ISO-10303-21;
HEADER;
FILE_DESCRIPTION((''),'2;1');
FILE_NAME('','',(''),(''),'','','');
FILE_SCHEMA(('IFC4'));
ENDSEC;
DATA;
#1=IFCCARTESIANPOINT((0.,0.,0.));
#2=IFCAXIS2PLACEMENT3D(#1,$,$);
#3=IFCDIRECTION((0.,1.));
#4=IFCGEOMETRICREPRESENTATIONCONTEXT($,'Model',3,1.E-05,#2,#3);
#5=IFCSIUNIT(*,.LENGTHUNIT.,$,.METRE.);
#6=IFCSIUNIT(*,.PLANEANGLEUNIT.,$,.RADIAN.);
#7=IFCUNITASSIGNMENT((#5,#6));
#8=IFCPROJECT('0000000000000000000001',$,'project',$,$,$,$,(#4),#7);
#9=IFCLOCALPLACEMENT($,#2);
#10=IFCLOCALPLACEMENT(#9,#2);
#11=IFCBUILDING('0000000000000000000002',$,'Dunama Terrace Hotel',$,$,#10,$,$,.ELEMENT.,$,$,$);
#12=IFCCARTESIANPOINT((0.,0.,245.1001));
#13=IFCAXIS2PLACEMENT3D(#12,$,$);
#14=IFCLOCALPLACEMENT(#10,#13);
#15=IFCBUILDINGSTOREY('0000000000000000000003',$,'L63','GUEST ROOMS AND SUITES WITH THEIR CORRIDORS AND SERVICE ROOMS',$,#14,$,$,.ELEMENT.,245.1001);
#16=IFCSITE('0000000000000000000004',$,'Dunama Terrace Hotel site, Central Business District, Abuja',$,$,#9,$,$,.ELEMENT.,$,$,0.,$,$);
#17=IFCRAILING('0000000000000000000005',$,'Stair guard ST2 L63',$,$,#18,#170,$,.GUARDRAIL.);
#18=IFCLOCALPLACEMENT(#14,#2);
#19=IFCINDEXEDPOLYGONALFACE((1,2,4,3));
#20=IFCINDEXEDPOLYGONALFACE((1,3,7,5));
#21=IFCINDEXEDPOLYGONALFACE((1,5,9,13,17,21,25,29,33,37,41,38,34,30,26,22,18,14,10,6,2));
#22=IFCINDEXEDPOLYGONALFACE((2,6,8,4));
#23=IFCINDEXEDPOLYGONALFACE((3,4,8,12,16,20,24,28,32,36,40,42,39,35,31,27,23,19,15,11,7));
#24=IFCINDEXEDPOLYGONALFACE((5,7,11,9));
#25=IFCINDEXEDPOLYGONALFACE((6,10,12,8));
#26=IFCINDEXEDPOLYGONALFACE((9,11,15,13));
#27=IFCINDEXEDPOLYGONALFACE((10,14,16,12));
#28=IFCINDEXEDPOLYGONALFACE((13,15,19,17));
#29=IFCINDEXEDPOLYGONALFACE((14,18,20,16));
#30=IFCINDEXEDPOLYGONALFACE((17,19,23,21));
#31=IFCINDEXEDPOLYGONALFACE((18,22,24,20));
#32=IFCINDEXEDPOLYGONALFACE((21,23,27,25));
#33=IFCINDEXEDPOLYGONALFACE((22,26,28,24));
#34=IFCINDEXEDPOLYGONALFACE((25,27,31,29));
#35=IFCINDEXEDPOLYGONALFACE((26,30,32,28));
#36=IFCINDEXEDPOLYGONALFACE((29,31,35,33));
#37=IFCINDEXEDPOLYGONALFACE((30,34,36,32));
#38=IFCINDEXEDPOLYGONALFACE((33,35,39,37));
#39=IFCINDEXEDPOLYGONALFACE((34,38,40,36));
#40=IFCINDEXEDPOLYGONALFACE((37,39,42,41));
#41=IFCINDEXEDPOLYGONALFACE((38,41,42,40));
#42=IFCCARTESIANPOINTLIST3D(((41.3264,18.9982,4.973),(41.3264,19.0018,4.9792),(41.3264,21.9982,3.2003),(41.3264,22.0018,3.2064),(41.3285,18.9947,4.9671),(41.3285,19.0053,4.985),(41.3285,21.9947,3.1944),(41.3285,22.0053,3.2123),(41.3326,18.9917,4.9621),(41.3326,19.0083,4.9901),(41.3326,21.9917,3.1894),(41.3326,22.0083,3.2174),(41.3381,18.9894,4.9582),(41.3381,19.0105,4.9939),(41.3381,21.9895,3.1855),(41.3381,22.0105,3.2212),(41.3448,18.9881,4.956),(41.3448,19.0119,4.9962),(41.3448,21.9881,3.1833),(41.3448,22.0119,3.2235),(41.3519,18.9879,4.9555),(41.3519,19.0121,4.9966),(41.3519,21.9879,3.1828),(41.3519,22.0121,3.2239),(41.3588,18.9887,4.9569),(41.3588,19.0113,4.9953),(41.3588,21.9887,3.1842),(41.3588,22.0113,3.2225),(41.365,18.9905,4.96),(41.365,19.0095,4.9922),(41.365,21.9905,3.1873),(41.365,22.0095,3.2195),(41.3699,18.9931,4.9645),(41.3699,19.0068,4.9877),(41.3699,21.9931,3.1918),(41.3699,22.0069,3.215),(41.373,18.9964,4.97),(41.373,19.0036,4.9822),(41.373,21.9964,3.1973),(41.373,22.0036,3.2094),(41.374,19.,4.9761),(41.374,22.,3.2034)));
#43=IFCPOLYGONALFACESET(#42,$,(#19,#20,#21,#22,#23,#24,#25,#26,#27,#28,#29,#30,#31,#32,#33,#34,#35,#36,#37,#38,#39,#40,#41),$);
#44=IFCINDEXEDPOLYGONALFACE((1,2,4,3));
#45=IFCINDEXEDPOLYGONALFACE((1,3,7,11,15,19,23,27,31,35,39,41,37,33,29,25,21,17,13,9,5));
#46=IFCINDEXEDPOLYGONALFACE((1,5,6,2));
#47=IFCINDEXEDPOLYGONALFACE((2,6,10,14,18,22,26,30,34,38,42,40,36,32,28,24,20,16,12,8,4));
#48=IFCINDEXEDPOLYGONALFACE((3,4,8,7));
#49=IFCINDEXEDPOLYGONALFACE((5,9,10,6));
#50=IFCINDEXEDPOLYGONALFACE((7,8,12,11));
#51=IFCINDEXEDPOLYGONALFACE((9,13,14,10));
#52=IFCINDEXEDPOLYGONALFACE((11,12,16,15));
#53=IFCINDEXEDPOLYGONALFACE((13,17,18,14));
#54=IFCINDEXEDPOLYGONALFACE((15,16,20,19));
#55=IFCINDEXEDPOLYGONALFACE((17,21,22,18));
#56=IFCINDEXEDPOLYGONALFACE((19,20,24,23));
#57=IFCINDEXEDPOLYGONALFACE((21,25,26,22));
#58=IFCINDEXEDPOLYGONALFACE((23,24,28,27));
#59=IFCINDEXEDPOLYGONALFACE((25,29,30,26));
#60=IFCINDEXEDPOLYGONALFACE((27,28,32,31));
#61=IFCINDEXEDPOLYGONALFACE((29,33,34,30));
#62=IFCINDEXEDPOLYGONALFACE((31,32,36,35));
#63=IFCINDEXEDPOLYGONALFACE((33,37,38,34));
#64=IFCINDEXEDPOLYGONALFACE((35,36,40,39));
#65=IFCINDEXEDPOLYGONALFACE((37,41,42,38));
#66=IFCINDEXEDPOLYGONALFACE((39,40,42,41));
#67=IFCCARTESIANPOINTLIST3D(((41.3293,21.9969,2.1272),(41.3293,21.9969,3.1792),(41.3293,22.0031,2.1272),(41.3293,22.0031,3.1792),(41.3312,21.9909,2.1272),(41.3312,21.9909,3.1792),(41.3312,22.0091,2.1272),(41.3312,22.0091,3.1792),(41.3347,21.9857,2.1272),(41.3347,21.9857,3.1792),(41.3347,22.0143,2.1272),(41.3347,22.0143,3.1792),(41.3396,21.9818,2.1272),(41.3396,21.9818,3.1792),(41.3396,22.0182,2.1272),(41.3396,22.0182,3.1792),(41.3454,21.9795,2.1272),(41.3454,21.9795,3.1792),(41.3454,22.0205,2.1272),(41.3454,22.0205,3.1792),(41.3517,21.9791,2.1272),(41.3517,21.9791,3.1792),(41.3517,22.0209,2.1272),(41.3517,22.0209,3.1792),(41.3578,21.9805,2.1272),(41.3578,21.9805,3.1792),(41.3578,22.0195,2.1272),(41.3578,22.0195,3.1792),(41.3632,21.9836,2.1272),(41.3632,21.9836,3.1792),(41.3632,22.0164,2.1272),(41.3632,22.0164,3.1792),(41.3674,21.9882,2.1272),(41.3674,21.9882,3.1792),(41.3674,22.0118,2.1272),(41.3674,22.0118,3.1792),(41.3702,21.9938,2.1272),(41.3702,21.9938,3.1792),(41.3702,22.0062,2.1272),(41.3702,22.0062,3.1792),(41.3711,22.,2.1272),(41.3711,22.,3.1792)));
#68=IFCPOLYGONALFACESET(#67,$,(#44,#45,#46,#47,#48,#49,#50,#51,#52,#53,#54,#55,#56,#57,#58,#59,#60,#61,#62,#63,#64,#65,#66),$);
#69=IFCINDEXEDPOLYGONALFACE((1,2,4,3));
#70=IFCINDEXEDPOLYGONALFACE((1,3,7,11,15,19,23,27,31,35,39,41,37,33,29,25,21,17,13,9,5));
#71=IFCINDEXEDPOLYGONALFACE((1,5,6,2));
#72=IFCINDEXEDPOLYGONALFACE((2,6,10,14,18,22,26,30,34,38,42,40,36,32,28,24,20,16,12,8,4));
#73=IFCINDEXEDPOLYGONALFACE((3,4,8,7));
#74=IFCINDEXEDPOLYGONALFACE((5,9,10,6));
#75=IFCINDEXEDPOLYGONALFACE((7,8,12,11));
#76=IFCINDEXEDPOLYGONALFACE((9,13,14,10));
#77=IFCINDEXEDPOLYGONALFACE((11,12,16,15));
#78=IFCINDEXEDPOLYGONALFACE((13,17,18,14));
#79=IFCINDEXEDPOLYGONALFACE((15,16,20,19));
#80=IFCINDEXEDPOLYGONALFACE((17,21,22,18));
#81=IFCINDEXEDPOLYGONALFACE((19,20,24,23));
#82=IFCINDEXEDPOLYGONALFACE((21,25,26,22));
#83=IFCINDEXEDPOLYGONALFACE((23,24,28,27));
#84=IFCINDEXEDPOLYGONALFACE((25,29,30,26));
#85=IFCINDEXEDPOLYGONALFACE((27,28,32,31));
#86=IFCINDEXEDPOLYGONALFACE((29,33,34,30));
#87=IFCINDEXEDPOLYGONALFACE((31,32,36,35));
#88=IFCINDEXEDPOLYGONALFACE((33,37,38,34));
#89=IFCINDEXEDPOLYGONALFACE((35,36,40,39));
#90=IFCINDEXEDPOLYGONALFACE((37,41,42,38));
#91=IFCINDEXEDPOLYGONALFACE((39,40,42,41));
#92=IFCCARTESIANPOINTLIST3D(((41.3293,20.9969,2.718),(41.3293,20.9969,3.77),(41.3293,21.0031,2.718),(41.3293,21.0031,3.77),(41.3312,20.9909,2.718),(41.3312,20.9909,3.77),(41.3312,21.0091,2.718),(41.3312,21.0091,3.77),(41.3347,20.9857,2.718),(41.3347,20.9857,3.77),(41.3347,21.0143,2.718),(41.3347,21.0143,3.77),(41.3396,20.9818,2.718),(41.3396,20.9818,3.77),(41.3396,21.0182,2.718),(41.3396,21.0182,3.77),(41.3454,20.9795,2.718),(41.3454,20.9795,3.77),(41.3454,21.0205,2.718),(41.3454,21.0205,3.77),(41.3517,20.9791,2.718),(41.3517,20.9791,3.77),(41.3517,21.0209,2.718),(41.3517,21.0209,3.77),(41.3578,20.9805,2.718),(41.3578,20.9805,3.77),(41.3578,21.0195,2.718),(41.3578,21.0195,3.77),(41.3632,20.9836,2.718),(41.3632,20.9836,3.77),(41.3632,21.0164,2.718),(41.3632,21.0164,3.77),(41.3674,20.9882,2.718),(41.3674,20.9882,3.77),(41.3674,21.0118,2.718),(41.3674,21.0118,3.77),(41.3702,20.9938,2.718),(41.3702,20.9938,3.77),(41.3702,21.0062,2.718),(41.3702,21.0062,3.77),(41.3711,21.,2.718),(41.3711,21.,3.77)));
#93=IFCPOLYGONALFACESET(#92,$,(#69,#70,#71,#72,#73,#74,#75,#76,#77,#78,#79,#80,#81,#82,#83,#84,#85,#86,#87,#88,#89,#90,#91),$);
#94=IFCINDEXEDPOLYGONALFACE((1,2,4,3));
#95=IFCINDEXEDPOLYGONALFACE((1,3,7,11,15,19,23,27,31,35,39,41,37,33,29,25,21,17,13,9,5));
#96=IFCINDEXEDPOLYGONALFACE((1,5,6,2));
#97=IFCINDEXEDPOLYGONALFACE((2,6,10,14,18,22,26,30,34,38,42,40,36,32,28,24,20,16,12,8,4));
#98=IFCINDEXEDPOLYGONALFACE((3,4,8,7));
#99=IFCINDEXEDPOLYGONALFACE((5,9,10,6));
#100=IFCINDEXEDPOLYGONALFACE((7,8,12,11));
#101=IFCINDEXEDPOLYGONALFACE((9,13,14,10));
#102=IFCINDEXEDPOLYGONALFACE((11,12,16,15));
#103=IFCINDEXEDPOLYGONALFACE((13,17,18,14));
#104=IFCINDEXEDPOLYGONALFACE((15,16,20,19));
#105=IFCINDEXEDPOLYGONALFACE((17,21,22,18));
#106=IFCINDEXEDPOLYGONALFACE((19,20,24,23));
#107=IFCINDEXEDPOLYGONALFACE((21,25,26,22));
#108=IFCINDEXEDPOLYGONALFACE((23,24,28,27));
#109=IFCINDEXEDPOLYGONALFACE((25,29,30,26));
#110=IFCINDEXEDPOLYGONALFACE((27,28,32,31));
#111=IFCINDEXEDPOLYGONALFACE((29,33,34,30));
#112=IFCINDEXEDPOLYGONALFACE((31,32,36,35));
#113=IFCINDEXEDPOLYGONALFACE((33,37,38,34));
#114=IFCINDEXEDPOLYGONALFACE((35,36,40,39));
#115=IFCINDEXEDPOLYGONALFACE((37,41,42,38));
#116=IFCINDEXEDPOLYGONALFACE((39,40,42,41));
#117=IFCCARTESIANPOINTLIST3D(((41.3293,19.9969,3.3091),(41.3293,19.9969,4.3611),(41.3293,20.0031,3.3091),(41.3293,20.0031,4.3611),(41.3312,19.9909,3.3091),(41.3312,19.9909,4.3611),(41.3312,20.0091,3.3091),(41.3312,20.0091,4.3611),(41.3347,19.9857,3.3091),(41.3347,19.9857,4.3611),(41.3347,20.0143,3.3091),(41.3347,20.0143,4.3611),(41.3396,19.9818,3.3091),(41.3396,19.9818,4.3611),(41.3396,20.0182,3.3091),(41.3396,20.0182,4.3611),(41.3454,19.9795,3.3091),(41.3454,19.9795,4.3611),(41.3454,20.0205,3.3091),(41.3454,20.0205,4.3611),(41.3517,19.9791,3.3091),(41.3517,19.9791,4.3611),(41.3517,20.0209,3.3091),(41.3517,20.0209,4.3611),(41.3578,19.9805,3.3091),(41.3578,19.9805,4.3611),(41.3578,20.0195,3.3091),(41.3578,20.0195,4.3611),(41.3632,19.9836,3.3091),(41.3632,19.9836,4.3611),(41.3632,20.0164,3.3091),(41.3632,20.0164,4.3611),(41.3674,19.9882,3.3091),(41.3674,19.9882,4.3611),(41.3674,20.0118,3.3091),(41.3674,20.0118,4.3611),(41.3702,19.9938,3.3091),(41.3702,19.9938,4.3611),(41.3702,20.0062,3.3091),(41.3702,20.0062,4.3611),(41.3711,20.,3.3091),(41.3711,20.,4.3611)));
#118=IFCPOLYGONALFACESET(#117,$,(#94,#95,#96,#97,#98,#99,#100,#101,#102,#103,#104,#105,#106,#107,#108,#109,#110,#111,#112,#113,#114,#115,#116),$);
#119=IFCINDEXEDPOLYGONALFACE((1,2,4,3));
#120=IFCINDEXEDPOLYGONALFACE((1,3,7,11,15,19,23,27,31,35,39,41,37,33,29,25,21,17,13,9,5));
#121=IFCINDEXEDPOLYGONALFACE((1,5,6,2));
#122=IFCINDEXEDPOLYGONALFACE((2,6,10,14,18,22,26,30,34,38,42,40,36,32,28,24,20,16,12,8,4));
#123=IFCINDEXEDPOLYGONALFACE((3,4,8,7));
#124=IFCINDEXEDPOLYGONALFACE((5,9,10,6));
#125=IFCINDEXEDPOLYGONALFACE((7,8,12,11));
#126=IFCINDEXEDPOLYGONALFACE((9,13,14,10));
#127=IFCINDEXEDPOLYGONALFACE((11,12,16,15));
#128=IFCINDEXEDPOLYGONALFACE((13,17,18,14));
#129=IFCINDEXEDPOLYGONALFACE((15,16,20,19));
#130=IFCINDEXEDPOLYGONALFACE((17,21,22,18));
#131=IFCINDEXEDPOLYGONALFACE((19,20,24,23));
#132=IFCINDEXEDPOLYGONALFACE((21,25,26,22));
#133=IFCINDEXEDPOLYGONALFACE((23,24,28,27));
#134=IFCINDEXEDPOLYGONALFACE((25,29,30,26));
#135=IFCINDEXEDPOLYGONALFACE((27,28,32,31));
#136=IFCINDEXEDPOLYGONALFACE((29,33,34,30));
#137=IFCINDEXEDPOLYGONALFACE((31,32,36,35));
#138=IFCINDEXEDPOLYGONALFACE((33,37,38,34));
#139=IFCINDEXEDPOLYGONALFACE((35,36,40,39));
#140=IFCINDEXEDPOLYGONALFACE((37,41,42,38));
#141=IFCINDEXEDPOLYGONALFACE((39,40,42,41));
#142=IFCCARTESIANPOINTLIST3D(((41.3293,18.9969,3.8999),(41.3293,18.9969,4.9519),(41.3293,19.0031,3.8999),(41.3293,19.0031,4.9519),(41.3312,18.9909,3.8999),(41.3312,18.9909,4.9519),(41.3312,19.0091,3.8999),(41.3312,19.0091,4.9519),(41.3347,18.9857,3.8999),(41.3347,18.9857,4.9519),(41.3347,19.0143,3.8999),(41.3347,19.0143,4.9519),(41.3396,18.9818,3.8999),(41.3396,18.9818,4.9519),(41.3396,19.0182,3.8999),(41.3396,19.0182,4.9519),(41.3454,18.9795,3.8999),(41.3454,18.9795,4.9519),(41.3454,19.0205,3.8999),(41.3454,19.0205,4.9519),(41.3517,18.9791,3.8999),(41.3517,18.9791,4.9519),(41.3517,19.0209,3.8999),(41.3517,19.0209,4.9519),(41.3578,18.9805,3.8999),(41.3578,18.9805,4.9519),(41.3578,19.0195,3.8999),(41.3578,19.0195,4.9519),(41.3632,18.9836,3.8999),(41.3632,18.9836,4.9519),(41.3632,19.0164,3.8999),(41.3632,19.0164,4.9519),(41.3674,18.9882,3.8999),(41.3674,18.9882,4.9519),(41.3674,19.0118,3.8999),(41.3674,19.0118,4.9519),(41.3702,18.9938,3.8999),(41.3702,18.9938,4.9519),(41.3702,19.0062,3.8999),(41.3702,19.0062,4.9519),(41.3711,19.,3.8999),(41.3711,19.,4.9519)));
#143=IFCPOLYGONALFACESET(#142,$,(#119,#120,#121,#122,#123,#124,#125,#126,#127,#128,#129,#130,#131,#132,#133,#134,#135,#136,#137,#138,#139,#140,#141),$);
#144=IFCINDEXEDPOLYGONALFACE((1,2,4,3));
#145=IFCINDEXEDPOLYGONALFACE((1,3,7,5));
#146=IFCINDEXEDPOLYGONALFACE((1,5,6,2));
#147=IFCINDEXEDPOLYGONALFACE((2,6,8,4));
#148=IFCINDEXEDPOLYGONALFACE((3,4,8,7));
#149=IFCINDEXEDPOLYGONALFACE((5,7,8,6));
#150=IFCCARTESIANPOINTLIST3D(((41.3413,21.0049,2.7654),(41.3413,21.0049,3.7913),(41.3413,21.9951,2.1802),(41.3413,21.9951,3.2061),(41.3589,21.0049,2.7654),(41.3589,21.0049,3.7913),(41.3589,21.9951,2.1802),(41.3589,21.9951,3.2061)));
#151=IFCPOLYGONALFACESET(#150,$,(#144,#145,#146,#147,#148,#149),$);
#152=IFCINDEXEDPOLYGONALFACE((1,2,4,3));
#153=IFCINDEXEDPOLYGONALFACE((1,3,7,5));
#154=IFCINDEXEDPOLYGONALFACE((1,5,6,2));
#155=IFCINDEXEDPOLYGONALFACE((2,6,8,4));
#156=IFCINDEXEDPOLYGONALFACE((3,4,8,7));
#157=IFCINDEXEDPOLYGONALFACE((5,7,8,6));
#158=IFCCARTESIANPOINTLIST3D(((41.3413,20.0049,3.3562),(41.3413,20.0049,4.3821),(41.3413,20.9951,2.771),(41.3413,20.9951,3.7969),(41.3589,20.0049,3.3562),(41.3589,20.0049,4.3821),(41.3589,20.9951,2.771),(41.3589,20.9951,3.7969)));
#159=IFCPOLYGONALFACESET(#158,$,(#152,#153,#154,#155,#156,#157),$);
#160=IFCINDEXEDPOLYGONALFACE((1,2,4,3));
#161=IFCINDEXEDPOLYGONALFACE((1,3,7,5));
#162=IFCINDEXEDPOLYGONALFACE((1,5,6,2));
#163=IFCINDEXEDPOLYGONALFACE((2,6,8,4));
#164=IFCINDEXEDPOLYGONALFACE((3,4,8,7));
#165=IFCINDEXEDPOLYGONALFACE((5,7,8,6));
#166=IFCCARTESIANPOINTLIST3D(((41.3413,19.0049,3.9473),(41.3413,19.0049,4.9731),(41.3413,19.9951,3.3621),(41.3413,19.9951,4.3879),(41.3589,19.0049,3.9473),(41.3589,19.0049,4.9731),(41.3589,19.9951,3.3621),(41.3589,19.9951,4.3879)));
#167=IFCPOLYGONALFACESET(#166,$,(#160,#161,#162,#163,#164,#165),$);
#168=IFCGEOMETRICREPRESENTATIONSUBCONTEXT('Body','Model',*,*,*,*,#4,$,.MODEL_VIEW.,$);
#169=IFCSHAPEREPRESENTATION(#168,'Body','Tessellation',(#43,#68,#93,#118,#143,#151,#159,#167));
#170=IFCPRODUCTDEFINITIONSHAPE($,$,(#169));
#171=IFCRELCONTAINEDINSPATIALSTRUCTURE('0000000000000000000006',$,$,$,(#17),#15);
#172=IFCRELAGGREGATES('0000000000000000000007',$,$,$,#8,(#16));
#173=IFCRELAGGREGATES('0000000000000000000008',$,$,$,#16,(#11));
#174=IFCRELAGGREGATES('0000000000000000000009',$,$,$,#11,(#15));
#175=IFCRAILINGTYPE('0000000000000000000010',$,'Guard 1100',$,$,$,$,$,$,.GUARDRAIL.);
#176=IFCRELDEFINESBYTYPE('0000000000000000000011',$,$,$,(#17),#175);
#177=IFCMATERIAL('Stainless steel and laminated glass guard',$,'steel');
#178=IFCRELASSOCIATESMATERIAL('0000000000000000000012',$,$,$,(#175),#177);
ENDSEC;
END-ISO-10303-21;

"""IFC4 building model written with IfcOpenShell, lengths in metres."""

from ifc_helpers import new_model, si_unit, direction, frame, origin, origin_2d, place, context, subcontext, project, spatial, polyline, circle, outline, extrude, material, type_object, element, save


model = new_model("IFC4")

# Units and contexts
model_context = context("Model", 3, precision=1e-05, world=origin(), true_north=direction((0.0, 1.0)))
body_context = subcontext(model_context, "Body", "Model", "MODEL_VIEW")
ifc_project = project(units=[si_unit("LENGTHUNIT", "METRE"), si_unit("PLANEANGLEUNIT", "RADIAN")], contexts=[model_context])

# Site, building, storey
site_placement = place(None, origin())
site = spatial("IfcSite", under=ifc_project, at=site_placement, Name="Dunama Terrace Hotel site, Central Business District, Abuja", CompositionType="ELEMENT", RefElevation=0.0)
building_placement = place(site_placement, origin())
building = spatial("IfcBuilding", under=site, at=building_placement, Name="Dunama Terrace Hotel", CompositionType="ELEMENT")
storey_placement = place(building_placement, frame((0.0, 0.0, 245.1001)))
storey = spatial("IfcBuildingStorey", under=building, at=storey_placement, Name="L63", Description="GUEST ROOMS AND SUITES WITH THEIR CORRIDORS AND SERVICE ROOMS", CompositionType="ELEMENT", Elevation=245.1001)

# Railing
ifc_material_1 = material(Name="Stainless steel and laminated glass guard", Category="steel")
railing_type_1 = type_object("IfcRailingType", Name="Guard 1100", PredefinedType="GUARDRAIL", material=ifc_material_1)
railing_1_placement = place(storey_placement, frame((41.3501, 22.0, 2.1272)))
element("IfcRailing", 1, at=railing_1_placement, inside=storey, type_object=railing_type_1, Name="Stair guard ST2 L63", PredefinedType="GUARDRAIL", context=body_context, shape_type="SweptSolid", body=[
    extrude(circle(Radius=0.0239, at=origin_2d()), frame((0.0, 0.0, 1.0762), z_axis=(0.0, -0.860929, 0.508725), x_axis=(1.0, 0.0, 0.0)), (0.0, 0.0, 1.0), 3.4846),
    extrude(circle(Radius=0.021, at=origin_2d()), origin(), (0.0, 0.0, 1.0), 1.052),
    extrude(circle(Radius=0.021, at=origin_2d()), frame((0.0, -1.0, 0.5908)), (0.0, 0.0, 1.0), 1.052),
    extrude(circle(Radius=0.021, at=origin_2d()), frame((0.0, -2.0, 1.1819)), (0.0, 0.0, 1.0), 1.052),
    extrude(circle(Radius=0.021, at=origin_2d()), frame((0.0, -3.0, 1.7727)), (0.0, 0.0, 1.0), 1.052),
    extrude(outline(polyline([(0.0049, 0.053), (0.9951, 0.6382), (0.9951, 1.6641), (0.0049, 1.0789), (0.0049, 0.053)])), frame((0.0088, 0.0, 0.0), z_axis=(-1.0, 0.0, 0.0), x_axis=(0.0, -1.0, 0.0)), (0.0, 0.0, 1.0), 0.0176),
    extrude(outline(polyline([(0.0049, 0.053), (0.9951, 0.6382), (0.9951, 1.6641), (0.0049, 1.0789), (0.0049, 0.053)])), frame((0.0088, -1.0, 0.5908), z_axis=(-1.0, 0.0, 0.0), x_axis=(0.0, -1.0, 0.0)), (0.0, 0.0, 1.0), 0.0176),
    extrude(outline(polyline([(0.0049, 0.053), (0.9951, 0.6382), (0.9951, 1.6641), (0.0049, 1.0789), (0.0049, 0.053)])), frame((0.0088, -2.0, 1.1819), z_axis=(-1.0, 0.0, 0.0), x_axis=(0.0, -1.0, 0.0)), (0.0, 0.0, 1.0), 0.0176),
])

save(model, "model.ifc")
